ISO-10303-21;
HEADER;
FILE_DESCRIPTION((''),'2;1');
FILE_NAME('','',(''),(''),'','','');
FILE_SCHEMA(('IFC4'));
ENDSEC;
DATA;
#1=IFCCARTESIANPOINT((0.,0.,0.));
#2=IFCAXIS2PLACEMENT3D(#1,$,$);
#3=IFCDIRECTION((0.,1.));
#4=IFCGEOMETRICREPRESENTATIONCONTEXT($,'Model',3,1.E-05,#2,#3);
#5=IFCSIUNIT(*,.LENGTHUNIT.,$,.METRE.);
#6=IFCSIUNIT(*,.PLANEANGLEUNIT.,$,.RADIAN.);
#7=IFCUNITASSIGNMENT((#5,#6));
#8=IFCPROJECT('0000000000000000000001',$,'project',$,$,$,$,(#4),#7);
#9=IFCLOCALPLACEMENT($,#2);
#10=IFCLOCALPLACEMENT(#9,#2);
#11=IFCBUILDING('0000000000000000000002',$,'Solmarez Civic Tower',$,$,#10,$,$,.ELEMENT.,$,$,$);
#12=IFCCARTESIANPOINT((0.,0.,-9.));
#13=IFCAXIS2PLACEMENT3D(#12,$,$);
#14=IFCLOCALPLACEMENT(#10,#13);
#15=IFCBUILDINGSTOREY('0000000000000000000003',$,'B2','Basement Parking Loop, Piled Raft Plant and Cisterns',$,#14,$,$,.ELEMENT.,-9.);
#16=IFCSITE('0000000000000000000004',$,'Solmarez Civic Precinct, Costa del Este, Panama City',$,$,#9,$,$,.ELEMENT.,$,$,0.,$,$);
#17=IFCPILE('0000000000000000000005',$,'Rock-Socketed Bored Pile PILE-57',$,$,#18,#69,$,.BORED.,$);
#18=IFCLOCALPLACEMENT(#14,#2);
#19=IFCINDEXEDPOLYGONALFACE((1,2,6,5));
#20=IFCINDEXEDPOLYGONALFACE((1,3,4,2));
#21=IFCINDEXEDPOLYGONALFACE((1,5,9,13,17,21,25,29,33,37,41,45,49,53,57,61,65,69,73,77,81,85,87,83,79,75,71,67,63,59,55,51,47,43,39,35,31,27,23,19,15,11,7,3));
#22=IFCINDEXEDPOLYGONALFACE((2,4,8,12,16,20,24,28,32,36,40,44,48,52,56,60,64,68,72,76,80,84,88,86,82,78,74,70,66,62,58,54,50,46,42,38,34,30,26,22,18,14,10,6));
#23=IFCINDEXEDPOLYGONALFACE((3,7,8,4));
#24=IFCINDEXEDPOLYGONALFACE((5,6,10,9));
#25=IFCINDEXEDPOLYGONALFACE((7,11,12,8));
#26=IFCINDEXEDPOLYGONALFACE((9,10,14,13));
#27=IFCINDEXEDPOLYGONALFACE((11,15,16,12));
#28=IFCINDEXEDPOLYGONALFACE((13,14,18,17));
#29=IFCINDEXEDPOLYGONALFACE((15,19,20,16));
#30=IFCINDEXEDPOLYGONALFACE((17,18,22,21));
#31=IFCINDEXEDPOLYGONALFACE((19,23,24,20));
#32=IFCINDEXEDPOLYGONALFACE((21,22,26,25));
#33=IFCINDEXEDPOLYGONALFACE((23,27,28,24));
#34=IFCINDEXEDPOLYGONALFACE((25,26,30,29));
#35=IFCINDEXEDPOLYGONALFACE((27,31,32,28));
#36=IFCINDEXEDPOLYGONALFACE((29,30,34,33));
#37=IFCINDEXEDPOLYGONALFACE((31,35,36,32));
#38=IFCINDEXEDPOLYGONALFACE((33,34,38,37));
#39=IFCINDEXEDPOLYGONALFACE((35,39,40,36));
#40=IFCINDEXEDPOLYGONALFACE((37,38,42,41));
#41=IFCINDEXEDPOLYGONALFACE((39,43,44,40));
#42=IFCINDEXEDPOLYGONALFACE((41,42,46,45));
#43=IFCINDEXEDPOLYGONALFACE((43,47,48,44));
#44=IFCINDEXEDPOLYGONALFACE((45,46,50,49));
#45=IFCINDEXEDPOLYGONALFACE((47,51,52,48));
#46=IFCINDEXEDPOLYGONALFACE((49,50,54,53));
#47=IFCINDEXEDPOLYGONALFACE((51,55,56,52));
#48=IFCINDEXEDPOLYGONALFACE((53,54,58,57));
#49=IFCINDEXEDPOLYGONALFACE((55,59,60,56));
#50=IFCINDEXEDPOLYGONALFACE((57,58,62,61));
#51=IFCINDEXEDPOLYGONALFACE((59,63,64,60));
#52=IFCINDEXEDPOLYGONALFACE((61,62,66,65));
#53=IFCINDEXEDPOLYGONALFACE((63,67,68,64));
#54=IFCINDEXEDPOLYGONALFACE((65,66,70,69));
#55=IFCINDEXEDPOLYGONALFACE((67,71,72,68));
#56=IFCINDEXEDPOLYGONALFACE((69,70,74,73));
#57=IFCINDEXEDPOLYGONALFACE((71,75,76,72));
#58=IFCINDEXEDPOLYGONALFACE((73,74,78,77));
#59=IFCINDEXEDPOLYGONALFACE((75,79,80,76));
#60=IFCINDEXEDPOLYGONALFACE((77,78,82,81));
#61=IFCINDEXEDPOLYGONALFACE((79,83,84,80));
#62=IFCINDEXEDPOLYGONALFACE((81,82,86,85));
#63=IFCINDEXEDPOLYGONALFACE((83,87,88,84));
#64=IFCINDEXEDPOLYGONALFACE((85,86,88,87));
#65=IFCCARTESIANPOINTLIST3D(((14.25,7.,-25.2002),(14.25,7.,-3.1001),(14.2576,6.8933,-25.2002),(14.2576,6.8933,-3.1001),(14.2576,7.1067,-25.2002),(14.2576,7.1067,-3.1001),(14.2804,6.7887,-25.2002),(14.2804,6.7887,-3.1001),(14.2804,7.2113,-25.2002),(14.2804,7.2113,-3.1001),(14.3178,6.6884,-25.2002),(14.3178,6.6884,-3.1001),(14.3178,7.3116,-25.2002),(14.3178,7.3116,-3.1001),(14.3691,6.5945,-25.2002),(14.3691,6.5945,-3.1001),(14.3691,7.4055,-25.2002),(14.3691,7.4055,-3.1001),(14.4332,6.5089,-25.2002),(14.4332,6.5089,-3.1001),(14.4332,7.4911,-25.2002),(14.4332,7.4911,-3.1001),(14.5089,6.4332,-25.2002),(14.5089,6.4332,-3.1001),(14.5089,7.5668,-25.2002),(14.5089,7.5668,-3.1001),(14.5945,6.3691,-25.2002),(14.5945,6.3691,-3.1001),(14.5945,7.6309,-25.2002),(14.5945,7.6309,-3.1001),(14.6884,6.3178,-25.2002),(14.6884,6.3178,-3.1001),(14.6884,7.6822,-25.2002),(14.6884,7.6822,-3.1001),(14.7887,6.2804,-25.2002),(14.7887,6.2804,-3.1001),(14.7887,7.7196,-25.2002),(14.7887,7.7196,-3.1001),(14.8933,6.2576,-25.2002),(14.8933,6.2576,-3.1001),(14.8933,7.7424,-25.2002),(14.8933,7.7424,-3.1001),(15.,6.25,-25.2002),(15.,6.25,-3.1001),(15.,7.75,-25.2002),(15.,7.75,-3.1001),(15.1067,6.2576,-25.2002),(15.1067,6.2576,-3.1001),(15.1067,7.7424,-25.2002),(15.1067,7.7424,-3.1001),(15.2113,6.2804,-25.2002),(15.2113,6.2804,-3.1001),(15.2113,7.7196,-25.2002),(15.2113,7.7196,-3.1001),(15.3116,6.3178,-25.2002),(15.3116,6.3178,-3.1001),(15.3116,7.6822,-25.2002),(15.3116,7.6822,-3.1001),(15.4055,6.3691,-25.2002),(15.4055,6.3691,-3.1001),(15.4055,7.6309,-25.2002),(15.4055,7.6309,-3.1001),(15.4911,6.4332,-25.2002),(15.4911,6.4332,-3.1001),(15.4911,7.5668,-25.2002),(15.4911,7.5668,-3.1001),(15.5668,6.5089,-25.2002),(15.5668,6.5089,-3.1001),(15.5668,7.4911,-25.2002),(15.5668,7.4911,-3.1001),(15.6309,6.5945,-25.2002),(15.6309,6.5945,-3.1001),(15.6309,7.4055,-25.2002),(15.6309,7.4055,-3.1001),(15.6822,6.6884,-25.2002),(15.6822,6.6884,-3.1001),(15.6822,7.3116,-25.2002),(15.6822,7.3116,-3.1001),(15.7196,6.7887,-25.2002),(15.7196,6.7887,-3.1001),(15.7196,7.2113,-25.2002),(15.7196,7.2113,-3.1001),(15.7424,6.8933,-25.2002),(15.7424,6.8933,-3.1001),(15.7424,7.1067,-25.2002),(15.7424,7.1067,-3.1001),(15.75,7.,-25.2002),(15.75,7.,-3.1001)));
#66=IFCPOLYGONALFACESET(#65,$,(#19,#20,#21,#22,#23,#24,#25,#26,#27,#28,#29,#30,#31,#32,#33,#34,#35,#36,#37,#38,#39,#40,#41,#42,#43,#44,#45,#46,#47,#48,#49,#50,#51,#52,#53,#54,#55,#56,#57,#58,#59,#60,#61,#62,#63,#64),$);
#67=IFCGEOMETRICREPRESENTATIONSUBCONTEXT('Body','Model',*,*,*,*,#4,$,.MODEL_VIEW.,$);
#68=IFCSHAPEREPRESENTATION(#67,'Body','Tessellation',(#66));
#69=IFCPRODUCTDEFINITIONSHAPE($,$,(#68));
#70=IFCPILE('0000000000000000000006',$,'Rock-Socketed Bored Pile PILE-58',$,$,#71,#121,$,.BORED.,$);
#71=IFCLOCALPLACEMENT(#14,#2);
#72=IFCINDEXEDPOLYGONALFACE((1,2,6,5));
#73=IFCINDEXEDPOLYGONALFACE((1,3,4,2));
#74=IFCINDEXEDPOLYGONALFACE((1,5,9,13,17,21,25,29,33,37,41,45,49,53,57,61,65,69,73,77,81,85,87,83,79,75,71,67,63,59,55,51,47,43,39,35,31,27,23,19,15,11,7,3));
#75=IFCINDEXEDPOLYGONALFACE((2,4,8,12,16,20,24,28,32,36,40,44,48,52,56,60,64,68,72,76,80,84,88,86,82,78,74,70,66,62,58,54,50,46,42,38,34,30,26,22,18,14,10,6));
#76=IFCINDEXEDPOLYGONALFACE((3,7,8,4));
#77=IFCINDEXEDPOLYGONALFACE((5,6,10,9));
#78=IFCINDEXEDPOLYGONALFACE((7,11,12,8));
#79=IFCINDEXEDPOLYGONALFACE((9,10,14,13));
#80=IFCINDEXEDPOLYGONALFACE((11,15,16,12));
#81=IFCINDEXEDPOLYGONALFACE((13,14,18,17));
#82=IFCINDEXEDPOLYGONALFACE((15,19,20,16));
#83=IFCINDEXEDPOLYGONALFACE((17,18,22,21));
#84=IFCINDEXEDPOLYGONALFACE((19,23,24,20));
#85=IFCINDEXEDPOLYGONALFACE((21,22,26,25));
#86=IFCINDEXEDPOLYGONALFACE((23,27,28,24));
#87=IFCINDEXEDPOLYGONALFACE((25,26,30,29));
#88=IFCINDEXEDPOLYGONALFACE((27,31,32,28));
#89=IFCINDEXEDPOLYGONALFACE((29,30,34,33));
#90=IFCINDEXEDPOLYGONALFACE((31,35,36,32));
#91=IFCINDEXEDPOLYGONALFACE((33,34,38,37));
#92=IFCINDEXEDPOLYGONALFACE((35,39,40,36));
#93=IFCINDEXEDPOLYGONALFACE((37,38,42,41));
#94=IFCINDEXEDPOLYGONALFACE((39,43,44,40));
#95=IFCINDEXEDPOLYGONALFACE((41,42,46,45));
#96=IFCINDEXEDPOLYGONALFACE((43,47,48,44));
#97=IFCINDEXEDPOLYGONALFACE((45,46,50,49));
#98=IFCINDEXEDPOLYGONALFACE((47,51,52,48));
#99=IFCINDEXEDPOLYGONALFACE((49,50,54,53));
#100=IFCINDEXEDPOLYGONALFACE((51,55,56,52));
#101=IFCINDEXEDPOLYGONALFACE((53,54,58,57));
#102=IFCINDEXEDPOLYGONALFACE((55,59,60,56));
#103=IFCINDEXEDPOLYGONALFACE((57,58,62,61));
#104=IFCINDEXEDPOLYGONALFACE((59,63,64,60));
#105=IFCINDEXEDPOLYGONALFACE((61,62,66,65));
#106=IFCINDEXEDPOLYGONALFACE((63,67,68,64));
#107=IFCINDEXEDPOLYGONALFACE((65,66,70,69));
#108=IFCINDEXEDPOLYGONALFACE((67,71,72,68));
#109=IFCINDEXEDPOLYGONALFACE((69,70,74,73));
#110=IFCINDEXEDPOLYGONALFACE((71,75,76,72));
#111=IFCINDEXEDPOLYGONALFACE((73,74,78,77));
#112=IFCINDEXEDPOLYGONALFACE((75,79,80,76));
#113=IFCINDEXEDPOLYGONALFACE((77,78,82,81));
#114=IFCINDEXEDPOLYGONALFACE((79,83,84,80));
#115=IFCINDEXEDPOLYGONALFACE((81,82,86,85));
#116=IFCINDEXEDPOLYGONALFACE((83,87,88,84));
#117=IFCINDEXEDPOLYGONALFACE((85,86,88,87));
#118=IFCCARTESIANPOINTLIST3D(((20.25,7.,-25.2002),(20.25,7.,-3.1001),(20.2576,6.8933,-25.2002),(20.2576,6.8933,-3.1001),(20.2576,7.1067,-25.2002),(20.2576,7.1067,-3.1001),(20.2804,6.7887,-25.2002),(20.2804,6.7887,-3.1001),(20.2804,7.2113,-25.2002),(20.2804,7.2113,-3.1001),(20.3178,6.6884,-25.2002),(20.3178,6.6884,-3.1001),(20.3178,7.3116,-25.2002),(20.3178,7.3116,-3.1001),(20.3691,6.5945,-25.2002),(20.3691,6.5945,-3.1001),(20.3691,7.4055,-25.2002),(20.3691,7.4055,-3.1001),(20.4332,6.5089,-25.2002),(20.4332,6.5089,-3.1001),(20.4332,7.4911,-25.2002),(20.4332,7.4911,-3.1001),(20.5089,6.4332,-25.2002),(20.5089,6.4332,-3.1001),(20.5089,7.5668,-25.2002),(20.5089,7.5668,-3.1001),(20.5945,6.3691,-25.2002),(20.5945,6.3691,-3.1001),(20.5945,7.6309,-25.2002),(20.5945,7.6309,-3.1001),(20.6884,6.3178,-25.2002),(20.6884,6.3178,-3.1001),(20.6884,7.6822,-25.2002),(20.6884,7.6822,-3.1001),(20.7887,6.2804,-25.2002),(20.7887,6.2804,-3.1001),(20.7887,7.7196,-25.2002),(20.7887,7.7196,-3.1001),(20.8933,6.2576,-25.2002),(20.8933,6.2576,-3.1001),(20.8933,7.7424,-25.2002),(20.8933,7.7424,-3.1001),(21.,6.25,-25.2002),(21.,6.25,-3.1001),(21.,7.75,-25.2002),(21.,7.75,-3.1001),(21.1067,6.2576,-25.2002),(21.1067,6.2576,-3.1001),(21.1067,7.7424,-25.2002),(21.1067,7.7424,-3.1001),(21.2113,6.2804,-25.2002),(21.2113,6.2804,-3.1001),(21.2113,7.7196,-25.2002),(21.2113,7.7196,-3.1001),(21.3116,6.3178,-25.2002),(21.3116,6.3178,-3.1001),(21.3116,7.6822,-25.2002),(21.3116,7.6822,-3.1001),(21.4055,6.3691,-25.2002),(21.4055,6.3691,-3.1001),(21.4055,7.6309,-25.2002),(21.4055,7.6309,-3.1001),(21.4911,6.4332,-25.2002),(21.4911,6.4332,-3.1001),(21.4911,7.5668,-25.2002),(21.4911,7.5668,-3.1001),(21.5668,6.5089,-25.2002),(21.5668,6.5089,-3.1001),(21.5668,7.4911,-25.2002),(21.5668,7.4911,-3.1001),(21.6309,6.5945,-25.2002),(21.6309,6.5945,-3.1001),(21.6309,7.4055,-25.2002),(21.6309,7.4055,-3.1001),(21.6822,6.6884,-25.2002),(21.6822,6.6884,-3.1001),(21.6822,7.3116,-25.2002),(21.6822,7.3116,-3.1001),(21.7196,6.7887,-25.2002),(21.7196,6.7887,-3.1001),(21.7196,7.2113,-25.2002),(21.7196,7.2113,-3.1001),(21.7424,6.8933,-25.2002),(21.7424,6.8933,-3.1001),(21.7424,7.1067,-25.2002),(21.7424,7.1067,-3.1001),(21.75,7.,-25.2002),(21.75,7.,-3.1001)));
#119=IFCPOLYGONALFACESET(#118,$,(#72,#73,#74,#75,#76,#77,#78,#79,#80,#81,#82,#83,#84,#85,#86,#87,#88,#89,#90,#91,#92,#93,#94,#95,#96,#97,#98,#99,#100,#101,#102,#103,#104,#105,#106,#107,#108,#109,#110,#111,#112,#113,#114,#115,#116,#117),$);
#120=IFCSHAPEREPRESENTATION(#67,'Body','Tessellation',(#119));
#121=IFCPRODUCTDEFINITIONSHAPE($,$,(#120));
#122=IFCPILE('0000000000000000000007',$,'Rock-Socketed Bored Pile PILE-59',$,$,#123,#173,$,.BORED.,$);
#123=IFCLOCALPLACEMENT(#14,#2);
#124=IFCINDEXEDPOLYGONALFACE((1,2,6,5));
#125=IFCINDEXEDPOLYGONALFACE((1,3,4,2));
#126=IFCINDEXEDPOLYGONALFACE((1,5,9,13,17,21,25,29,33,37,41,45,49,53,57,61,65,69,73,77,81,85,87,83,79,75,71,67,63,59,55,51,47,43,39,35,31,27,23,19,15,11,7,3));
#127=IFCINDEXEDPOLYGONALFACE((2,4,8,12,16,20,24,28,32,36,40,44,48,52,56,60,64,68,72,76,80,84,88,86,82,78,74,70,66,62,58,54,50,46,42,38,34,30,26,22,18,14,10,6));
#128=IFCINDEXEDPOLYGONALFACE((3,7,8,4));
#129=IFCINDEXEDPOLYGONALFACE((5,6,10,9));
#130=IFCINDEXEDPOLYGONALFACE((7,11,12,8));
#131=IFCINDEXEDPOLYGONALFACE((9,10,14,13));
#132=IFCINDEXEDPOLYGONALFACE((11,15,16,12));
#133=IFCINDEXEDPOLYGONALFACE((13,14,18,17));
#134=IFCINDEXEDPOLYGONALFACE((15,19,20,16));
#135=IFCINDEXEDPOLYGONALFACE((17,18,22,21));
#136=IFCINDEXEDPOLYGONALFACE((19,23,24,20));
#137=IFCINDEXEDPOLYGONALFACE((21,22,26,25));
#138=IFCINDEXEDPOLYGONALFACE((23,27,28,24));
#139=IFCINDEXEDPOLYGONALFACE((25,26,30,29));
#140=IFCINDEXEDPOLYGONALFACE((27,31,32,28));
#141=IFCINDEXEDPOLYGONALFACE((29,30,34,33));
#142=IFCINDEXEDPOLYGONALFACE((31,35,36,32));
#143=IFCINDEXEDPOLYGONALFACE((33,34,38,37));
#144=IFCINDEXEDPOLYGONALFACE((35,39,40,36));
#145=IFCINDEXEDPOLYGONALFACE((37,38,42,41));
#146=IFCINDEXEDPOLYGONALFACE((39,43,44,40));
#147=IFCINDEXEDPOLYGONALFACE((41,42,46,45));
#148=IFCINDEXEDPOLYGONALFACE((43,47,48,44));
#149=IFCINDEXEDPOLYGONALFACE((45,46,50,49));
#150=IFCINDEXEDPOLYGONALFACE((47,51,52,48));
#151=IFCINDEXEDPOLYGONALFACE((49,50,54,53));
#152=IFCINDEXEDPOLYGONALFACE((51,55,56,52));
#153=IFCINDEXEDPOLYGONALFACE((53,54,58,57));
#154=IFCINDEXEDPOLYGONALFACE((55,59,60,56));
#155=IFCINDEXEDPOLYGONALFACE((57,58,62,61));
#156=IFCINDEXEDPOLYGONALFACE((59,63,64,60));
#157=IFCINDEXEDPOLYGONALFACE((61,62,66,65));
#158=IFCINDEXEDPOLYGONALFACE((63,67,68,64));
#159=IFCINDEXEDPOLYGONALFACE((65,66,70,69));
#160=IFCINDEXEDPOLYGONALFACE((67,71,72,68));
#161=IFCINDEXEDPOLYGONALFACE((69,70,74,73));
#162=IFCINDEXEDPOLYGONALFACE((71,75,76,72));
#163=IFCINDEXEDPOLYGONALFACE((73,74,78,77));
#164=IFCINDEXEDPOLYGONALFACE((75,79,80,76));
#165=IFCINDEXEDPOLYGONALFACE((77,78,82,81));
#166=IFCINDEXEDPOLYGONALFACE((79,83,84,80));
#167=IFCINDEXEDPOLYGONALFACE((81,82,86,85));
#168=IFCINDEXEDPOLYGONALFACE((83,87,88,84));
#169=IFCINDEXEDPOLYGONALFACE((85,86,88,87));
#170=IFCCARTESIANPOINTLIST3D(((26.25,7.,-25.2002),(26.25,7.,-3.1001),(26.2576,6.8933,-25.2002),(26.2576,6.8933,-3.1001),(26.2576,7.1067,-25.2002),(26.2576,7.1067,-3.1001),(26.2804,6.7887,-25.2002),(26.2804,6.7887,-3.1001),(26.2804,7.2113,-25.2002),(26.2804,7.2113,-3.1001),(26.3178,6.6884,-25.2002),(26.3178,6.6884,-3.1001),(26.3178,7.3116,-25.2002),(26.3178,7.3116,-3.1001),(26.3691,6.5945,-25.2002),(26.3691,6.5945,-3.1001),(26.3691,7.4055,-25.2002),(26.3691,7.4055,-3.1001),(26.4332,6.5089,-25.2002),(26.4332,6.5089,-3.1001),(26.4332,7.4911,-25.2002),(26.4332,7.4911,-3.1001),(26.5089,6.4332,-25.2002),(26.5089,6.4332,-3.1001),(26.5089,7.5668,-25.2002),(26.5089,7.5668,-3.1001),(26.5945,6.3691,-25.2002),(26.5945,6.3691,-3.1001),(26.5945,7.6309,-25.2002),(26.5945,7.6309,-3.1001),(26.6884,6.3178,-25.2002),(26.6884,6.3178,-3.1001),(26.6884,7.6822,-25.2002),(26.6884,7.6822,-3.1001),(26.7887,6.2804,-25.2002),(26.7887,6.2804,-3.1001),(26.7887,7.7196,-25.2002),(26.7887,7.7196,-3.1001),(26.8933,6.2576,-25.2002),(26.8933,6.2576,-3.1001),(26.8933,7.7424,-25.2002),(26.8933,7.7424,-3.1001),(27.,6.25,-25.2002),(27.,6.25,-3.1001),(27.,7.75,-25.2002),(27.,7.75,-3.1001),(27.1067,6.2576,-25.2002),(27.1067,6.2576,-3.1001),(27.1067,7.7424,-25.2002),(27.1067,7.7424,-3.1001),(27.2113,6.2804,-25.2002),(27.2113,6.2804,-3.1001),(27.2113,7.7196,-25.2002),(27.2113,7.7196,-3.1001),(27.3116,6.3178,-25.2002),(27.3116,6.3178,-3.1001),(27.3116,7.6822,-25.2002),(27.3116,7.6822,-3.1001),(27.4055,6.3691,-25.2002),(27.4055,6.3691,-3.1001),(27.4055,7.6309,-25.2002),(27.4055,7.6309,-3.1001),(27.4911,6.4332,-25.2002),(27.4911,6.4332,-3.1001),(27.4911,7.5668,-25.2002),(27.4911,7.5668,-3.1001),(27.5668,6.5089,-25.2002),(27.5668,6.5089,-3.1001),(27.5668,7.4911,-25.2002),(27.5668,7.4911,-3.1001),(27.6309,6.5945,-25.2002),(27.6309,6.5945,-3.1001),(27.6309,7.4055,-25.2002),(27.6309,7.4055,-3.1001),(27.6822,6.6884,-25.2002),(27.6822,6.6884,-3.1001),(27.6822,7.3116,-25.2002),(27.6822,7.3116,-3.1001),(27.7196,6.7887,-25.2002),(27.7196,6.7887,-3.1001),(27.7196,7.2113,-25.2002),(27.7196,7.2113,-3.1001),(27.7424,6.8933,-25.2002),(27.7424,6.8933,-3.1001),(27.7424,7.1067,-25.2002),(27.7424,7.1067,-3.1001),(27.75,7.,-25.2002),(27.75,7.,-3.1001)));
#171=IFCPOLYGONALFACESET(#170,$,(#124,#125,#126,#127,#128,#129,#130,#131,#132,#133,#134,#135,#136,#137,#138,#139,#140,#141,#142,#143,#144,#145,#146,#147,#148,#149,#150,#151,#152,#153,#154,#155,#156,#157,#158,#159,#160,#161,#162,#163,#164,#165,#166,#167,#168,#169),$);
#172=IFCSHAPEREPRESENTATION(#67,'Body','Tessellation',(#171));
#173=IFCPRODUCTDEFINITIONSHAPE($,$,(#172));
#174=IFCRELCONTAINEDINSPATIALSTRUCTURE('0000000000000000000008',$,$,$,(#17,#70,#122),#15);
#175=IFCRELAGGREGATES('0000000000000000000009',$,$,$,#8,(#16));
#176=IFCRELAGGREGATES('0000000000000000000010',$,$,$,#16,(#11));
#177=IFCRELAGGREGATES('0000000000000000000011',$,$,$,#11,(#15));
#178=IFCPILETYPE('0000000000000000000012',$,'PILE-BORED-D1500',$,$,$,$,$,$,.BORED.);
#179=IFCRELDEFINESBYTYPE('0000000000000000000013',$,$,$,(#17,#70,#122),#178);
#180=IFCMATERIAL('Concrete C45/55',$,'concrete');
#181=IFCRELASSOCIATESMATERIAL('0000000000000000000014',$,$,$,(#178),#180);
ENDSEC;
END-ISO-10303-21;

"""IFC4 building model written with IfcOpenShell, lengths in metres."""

from ifc_helpers import new_model, si_unit, direction, frame, origin, origin_2d, place, context, subcontext, project, spatial, circle, extrude, material, material_profile, profile_set, type_object, element, save


model = new_model("IFC4")

# Units and contexts
model_context = context("Model", 3, precision=1e-05, world=origin(), true_north=direction((0.0, 1.0)))
body_context = subcontext(model_context, "Body", "Model", "MODEL_VIEW")
ifc_project = project(units=[si_unit("LENGTHUNIT", "METRE"), si_unit("PLANEANGLEUNIT", "RADIAN")], contexts=[model_context])

# Site, building, storey
site_placement = place(None, origin())
site = spatial("IfcSite", under=ifc_project, at=site_placement, Name="Solmarez Civic Precinct, Costa del Este, Panama City", CompositionType="ELEMENT", RefElevation=0.0)
building_placement = place(site_placement, origin())
building = spatial("IfcBuilding", under=site, at=building_placement, Name="Solmarez Civic Tower", CompositionType="ELEMENT")
storey_placement = place(building_placement, frame((0.0, 0.0, -9.0)))
storey = spatial("IfcBuildingStorey", under=building, at=storey_placement, Name="B2", Description="Basement Parking Loop, Piled Raft Plant and Cisterns", CompositionType="ELEMENT", Elevation=-9.0)

# Piles
ifc_material_1 = material(Name="Concrete C45/55", Category="concrete")
ifc_material_profile_1 = material_profile(ifc_material_1, circle(Radius=0.75, at=origin_2d()), Name="PILE-D1500")
ifc_profile_set_1 = profile_set([ifc_material_profile_1], Name="Concrete C45/55")
pile_type = type_object("IfcPileType", Name="PILE-BORED-D1500", PredefinedType="BORED", material=ifc_profile_set_1)
for number, where, z_axis, x_axis, name in (
    (1, (15.0, 7.0, -3.1001), (0.0, 0.0, -1.0), (1.0, 0.0, 0.0), "Rock-Socketed Bored Pile PILE-57"),
    (2, (21.0, 7.0, -3.1001), (0.0, 0.0, -1.0), (1.0, 0.0, 0.0), "Rock-Socketed Bored Pile PILE-58"),
    (3, (27.0, 7.0, -3.1001), (0.0, 0.0, -1.0), (1.0, 0.0, 0.0), "Rock-Socketed Bored Pile PILE-59"),
):
    element("IfcPile", number, at=place(storey_placement, frame(where, z_axis=z_axis, x_axis=x_axis)), inside=storey, type_object=pile_type, Name=name, PredefinedType="BORED", context=body_context, shape_type="SweptSolid", body=[
        extrude(circle(Radius=0.75, at=origin_2d()), origin(), (0.0, 0.0, 1.0), 22.1001),
    ])

save(model, "model.ifc")
